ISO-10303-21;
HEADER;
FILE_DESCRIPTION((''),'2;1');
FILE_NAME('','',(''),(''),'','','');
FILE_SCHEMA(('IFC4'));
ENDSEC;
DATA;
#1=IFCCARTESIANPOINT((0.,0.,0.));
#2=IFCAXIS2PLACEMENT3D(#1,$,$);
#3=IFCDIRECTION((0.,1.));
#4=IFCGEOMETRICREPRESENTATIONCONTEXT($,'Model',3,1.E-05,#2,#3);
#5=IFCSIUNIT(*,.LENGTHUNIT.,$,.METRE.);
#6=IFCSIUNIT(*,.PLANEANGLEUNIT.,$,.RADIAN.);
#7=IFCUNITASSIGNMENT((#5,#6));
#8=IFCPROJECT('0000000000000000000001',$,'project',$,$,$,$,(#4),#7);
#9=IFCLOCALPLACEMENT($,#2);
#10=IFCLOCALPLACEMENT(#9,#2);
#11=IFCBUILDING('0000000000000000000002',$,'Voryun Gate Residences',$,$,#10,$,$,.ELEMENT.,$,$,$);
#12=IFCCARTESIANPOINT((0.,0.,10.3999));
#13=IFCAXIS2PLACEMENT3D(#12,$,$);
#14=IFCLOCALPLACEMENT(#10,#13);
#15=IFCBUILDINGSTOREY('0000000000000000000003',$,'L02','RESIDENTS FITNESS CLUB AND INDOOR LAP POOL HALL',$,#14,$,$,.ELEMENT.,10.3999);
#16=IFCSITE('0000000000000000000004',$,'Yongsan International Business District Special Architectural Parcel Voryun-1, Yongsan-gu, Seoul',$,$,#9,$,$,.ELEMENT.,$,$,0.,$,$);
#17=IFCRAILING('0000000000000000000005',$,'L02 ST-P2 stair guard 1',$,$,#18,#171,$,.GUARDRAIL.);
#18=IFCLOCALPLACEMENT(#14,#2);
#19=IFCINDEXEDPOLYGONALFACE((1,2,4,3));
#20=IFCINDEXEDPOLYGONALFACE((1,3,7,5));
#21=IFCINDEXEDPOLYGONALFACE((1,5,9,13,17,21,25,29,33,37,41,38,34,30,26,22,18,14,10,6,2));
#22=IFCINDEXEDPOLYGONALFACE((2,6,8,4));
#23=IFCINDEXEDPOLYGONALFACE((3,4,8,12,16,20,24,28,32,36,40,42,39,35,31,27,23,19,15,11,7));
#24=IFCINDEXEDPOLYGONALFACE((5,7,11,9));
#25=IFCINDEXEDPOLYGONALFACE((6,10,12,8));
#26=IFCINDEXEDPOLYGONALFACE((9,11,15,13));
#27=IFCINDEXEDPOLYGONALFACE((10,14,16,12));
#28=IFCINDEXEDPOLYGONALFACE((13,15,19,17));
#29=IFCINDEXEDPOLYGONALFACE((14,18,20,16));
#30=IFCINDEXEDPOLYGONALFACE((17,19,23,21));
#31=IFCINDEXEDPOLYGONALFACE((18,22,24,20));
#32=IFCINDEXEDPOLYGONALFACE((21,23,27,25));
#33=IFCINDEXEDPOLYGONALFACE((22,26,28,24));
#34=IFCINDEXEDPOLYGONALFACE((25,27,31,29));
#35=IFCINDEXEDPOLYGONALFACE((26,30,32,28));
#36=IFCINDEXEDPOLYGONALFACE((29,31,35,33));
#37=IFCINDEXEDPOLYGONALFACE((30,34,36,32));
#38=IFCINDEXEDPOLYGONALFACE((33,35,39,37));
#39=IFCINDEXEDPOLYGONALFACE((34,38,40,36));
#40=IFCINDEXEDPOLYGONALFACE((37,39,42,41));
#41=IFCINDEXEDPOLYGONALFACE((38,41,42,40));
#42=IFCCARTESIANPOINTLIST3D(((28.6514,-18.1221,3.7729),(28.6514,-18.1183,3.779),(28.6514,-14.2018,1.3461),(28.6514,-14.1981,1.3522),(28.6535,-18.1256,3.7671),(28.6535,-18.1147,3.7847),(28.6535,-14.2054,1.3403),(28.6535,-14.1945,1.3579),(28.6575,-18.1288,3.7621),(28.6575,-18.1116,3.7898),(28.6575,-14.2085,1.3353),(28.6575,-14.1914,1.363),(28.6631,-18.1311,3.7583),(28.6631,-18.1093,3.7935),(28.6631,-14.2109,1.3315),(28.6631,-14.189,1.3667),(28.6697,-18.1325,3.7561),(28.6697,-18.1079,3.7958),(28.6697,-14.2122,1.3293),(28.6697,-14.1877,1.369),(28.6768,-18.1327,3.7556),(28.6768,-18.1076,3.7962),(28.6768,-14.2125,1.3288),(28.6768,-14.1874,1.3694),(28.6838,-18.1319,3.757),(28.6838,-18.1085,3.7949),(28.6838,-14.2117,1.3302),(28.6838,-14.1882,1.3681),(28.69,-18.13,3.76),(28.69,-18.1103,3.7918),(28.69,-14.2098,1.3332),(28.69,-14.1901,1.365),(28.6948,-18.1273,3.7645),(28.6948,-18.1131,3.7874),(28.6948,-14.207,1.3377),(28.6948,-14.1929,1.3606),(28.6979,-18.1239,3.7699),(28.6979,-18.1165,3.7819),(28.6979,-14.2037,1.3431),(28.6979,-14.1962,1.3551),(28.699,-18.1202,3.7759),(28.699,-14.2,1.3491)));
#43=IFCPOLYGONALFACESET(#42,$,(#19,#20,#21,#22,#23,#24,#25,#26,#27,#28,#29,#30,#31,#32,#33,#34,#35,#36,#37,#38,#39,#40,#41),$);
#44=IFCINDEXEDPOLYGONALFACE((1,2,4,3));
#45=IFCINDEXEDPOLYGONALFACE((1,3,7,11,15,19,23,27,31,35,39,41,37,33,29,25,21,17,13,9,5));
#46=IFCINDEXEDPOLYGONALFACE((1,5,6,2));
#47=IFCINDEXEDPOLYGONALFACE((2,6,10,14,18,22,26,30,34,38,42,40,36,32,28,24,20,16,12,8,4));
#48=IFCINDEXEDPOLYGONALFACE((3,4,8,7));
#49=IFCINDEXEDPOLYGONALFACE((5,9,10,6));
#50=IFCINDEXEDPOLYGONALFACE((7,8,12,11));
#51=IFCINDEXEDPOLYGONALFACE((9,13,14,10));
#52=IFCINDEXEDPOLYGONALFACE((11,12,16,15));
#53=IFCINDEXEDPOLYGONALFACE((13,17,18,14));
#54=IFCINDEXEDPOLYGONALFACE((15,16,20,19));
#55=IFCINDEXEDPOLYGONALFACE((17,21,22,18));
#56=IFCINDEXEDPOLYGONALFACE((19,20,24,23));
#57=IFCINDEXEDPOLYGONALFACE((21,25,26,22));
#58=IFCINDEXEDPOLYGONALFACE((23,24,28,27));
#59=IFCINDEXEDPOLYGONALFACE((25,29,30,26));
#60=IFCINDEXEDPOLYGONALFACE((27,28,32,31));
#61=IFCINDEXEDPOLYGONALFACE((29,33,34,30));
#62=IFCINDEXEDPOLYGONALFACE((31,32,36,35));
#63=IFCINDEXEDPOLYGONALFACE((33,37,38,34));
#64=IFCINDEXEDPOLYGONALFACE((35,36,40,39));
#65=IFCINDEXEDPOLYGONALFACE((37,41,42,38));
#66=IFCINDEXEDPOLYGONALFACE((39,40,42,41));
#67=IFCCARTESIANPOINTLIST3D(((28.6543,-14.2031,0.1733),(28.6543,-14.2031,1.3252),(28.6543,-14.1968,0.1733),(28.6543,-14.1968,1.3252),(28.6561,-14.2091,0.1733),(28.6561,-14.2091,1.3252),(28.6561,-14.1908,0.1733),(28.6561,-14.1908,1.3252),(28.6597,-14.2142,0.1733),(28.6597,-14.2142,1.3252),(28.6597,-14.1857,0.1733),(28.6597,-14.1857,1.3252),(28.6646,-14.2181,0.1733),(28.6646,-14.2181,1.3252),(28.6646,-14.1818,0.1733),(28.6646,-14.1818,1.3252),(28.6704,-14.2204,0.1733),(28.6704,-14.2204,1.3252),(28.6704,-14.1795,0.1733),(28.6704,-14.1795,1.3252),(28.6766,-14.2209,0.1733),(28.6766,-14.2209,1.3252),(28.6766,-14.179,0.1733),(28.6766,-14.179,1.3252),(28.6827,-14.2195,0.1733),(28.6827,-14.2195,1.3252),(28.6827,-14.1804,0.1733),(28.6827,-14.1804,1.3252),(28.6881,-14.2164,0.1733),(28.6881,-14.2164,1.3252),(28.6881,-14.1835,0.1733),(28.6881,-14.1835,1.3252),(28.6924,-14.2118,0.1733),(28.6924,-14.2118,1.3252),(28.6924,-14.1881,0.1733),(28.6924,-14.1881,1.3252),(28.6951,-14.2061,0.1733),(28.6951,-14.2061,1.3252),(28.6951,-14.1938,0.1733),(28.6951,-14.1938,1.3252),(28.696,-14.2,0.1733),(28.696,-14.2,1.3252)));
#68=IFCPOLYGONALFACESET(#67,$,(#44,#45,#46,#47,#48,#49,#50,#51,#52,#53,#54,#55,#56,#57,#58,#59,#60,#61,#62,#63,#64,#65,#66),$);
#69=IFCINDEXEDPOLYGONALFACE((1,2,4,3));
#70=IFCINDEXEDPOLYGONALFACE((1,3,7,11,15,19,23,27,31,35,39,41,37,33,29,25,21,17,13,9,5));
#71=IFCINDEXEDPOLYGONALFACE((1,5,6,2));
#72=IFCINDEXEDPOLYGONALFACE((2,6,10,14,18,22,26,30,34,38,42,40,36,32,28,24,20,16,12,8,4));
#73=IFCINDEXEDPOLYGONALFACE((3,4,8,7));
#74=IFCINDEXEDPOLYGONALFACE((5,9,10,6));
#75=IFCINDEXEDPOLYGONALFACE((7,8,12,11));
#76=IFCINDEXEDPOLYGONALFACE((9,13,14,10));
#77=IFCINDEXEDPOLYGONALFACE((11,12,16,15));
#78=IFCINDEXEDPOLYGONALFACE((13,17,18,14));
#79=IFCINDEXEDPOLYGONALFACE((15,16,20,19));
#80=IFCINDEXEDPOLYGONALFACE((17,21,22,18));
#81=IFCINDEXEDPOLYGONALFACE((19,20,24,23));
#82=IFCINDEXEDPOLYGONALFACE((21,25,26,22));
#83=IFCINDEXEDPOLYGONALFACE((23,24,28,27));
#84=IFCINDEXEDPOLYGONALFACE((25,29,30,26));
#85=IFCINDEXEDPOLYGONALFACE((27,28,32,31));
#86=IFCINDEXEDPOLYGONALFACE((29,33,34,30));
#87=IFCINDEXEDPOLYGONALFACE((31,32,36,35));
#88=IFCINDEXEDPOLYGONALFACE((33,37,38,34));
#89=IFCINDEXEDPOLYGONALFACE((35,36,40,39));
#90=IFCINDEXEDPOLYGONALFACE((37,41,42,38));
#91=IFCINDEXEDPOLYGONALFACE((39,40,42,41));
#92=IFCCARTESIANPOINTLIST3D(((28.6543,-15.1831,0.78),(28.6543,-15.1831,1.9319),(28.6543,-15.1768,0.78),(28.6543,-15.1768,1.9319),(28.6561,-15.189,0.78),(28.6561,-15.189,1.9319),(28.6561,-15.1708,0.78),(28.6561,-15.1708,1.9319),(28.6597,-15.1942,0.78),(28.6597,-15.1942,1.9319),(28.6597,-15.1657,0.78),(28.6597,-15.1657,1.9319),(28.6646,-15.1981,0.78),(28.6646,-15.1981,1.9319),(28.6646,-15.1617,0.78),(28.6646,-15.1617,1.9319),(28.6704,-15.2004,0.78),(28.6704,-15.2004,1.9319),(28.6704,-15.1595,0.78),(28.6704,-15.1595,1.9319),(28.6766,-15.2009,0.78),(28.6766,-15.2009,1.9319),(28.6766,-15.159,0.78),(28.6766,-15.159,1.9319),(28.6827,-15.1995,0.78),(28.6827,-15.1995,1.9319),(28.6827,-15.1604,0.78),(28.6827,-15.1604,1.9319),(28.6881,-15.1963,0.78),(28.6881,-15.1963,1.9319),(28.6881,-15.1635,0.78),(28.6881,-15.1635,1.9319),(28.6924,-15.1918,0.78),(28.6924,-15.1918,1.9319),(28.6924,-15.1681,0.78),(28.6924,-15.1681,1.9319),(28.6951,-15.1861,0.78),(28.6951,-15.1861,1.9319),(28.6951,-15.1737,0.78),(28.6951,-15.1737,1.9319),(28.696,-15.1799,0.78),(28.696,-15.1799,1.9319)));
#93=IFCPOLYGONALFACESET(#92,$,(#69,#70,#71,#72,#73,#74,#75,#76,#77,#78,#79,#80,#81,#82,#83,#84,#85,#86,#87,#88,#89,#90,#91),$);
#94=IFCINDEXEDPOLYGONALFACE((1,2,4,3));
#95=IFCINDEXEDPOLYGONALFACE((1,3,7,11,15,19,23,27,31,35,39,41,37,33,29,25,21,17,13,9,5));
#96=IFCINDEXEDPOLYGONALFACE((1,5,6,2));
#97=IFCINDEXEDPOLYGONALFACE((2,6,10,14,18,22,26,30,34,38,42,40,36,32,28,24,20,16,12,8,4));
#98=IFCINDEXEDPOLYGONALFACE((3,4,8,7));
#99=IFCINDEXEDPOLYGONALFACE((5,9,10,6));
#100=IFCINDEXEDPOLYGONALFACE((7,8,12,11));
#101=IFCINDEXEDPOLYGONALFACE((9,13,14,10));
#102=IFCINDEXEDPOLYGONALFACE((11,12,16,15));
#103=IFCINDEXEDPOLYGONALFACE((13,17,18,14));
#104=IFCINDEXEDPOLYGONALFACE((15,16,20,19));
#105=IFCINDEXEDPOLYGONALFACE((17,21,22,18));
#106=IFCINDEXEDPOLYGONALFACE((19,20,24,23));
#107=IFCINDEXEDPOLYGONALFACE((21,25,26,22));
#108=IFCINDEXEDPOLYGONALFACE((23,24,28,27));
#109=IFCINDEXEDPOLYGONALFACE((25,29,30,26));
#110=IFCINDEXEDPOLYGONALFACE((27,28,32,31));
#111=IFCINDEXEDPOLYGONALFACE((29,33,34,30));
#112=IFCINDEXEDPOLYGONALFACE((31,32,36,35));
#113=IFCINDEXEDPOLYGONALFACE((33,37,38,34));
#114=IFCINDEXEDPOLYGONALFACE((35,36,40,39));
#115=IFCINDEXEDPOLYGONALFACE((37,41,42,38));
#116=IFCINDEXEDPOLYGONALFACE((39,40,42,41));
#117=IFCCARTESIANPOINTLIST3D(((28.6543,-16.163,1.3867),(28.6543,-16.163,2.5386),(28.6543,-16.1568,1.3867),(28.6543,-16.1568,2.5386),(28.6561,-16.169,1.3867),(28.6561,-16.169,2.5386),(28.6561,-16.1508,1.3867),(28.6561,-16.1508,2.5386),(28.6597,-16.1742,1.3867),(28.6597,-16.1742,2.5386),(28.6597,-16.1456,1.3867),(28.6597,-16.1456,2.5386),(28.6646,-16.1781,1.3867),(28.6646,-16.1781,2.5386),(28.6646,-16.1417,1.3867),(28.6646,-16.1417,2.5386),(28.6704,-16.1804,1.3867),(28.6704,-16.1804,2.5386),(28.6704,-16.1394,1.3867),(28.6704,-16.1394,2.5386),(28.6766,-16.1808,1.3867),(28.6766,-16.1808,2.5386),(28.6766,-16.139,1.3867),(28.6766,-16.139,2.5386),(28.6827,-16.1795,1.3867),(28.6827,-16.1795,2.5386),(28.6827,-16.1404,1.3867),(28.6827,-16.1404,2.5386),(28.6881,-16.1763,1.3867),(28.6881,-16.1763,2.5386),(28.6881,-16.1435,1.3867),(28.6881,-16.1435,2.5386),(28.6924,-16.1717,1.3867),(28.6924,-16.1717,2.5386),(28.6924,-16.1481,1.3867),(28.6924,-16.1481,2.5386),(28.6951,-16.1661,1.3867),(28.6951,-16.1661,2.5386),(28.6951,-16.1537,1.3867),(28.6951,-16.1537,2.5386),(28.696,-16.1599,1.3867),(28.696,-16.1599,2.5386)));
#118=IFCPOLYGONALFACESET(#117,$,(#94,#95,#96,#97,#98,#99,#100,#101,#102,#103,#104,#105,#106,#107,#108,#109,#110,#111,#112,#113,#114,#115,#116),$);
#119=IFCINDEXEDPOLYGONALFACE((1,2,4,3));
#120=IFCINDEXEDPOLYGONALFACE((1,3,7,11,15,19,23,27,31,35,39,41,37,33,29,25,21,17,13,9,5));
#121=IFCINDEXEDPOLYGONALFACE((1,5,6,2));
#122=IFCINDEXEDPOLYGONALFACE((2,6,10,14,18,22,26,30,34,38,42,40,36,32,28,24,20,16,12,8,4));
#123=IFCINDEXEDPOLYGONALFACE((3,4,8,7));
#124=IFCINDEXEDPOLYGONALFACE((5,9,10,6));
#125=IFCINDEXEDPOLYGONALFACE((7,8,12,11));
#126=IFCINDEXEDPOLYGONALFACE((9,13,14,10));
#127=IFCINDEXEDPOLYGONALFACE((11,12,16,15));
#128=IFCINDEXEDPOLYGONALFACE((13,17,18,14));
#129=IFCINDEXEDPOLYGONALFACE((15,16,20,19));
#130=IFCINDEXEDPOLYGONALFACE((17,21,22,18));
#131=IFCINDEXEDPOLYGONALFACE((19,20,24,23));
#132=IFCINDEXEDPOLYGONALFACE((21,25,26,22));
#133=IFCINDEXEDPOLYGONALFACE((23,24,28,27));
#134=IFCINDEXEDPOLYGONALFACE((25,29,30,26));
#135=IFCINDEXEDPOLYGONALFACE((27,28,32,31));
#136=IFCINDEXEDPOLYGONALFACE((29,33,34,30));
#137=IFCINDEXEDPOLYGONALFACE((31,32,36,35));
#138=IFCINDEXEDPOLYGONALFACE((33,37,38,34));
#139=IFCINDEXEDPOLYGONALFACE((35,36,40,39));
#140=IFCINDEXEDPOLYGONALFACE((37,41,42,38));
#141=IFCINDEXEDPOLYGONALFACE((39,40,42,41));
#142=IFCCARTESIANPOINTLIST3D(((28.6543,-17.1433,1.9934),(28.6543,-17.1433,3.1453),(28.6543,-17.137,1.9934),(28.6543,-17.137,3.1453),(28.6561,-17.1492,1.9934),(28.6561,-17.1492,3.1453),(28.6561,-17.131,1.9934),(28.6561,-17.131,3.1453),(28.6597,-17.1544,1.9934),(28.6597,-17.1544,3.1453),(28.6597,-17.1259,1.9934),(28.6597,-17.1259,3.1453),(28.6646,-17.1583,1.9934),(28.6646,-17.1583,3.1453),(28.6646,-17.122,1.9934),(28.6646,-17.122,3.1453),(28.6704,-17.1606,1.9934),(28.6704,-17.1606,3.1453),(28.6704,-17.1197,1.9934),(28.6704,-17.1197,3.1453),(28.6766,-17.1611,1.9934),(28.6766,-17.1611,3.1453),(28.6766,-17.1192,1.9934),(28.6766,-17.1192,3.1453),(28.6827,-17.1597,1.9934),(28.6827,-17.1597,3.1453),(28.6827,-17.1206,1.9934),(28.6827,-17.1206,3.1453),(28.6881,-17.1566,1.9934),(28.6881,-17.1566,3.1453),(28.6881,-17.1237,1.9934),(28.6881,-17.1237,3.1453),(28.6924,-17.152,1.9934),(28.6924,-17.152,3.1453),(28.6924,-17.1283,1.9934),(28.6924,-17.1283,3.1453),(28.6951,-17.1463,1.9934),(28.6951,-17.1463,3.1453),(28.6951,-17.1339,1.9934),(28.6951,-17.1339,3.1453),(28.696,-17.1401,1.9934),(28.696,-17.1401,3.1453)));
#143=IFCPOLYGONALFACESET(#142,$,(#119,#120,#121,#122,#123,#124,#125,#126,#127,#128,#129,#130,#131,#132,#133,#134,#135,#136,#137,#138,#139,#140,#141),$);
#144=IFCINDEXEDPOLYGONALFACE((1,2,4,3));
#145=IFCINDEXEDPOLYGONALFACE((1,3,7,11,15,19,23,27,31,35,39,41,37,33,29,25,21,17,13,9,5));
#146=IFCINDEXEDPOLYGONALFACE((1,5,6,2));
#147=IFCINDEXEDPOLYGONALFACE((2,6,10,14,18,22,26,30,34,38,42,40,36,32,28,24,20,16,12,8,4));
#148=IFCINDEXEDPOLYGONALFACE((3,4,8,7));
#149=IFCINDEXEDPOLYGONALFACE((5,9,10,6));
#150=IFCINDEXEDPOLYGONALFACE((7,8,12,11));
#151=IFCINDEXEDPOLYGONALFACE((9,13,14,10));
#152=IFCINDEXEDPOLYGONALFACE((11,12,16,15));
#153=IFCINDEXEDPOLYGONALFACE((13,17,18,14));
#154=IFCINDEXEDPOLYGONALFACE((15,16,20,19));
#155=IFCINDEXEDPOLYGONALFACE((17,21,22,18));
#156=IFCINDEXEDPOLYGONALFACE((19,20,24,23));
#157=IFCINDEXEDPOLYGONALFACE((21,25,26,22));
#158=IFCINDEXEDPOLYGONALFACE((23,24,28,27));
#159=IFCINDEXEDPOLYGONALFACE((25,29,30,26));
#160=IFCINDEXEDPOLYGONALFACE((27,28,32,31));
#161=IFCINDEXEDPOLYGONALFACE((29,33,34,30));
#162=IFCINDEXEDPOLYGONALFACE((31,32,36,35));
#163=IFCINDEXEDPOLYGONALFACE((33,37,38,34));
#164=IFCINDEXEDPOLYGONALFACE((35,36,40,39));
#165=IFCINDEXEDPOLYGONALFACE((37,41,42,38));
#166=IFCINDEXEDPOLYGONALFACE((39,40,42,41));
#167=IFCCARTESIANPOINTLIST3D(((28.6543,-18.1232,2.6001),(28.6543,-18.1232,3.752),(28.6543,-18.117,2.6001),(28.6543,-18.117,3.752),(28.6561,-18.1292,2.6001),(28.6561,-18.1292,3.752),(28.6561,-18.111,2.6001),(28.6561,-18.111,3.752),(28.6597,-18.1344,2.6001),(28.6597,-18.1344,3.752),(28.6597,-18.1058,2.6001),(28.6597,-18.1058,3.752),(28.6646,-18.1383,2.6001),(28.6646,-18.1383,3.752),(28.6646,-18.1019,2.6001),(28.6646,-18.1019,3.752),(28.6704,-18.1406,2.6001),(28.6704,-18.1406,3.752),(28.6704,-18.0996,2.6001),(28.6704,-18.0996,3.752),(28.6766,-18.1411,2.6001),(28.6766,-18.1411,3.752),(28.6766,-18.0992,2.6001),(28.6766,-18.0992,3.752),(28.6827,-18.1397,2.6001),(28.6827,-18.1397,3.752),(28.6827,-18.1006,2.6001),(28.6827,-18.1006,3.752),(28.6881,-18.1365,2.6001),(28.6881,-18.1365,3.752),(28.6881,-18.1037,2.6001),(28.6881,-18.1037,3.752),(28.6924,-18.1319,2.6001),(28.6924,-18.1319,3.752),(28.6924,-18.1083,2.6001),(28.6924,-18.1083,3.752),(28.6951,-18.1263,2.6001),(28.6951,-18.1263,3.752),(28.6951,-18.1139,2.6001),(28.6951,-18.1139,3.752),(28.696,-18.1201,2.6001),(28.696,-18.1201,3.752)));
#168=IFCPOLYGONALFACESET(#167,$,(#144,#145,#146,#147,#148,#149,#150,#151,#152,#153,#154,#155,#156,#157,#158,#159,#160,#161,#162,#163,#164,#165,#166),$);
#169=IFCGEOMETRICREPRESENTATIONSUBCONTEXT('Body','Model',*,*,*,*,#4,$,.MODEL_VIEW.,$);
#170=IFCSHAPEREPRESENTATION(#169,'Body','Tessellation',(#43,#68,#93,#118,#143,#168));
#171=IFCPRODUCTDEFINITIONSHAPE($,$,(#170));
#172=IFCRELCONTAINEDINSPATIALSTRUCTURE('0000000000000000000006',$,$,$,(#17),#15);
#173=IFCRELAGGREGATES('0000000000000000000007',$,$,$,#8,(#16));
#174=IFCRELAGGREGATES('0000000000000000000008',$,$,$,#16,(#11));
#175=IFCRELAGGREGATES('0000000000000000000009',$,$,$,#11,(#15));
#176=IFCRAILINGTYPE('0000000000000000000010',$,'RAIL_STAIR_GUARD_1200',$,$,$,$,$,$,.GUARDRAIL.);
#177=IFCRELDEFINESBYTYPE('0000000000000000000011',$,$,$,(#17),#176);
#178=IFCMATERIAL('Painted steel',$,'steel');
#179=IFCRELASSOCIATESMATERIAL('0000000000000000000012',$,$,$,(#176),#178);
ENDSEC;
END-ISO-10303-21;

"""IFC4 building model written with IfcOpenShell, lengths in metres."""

from ifc_helpers import new_model, si_unit, direction, frame, origin, origin_2d, place, context, subcontext, project, spatial, circle, extrude, material, type_object, element, save


model = new_model("IFC4")

# Units and contexts
model_context = context("Model", 3, precision=1e-05, world=origin(), true_north=direction((0.0, 1.0)))
body_context = subcontext(model_context, "Body", "Model", "MODEL_VIEW")
ifc_project = project(units=[si_unit("LENGTHUNIT", "METRE"), si_unit("PLANEANGLEUNIT", "RADIAN")], contexts=[model_context])

# Site, building, storey
site_placement = place(None, origin())
site = spatial("IfcSite", under=ifc_project, at=site_placement, Name="Yongsan International Business District Special Architectural Parcel Voryun-1, Yongsan-gu, Seoul", CompositionType="ELEMENT", RefElevation=0.0)
building_placement = place(site_placement, origin())
building = spatial("IfcBuilding", under=site, at=building_placement, Name="Voryun Gate Residences", CompositionType="ELEMENT")
storey_placement = place(building_placement, frame((0.0, 0.0, 10.3999)))
storey = spatial("IfcBuildingStorey", under=building, at=storey_placement, Name="L02", Description="RESIDENTS FITNESS CLUB AND INDOOR LAP POOL HALL", CompositionType="ELEMENT", Elevation=10.3999)

# Railing
ifc_material_1 = material(Name="Painted steel", Category="steel")
railing_type_1 = type_object("IfcRailingType", Name="RAIL_STAIR_GUARD_1200", PredefinedType="GUARDRAIL", material=ifc_material_1)
railing_1_placement = place(storey_placement, frame((28.675, -14.2, 0.1733)))
element("IfcRailing", 1, at=railing_1_placement, inside=storey, type_object=railing_type_1, Name="L02 ST-P2 stair guard 1", PredefinedType="GUARDRAIL", context=body_context, shape_type="SweptSolid", body=[
    extrude(circle(Radius=0.0239, at=origin_2d()), frame((0.0, 0.0, 1.1758), z_axis=(0.0, -0.850266, 0.526353), x_axis=(1.0, 0.0, 0.0)), (0.0, 0.0, 1.0), 4.6106),
    extrude(circle(Radius=0.021, at=origin_2d()), origin(), (0.0, 0.0, 1.0), 1.1519),
    extrude(circle(Radius=0.021, at=origin_2d()), frame((0.0, -0.98, 0.6067)), (0.0, 0.0, 1.0), 1.1519),
    extrude(circle(Radius=0.021, at=origin_2d()), frame((0.0, -1.96, 1.2134)), (0.0, 0.0, 1.0), 1.1519),
    extrude(circle(Radius=0.021, at=origin_2d()), frame((0.0, -2.9402, 1.8201)), (0.0, 0.0, 1.0), 1.1519),
    extrude(circle(Radius=0.021, at=origin_2d()), frame((0.0, -3.9202, 2.4268)), (0.0, 0.0, 1.0), 1.1519),
])

save(model, "model.ifc")
